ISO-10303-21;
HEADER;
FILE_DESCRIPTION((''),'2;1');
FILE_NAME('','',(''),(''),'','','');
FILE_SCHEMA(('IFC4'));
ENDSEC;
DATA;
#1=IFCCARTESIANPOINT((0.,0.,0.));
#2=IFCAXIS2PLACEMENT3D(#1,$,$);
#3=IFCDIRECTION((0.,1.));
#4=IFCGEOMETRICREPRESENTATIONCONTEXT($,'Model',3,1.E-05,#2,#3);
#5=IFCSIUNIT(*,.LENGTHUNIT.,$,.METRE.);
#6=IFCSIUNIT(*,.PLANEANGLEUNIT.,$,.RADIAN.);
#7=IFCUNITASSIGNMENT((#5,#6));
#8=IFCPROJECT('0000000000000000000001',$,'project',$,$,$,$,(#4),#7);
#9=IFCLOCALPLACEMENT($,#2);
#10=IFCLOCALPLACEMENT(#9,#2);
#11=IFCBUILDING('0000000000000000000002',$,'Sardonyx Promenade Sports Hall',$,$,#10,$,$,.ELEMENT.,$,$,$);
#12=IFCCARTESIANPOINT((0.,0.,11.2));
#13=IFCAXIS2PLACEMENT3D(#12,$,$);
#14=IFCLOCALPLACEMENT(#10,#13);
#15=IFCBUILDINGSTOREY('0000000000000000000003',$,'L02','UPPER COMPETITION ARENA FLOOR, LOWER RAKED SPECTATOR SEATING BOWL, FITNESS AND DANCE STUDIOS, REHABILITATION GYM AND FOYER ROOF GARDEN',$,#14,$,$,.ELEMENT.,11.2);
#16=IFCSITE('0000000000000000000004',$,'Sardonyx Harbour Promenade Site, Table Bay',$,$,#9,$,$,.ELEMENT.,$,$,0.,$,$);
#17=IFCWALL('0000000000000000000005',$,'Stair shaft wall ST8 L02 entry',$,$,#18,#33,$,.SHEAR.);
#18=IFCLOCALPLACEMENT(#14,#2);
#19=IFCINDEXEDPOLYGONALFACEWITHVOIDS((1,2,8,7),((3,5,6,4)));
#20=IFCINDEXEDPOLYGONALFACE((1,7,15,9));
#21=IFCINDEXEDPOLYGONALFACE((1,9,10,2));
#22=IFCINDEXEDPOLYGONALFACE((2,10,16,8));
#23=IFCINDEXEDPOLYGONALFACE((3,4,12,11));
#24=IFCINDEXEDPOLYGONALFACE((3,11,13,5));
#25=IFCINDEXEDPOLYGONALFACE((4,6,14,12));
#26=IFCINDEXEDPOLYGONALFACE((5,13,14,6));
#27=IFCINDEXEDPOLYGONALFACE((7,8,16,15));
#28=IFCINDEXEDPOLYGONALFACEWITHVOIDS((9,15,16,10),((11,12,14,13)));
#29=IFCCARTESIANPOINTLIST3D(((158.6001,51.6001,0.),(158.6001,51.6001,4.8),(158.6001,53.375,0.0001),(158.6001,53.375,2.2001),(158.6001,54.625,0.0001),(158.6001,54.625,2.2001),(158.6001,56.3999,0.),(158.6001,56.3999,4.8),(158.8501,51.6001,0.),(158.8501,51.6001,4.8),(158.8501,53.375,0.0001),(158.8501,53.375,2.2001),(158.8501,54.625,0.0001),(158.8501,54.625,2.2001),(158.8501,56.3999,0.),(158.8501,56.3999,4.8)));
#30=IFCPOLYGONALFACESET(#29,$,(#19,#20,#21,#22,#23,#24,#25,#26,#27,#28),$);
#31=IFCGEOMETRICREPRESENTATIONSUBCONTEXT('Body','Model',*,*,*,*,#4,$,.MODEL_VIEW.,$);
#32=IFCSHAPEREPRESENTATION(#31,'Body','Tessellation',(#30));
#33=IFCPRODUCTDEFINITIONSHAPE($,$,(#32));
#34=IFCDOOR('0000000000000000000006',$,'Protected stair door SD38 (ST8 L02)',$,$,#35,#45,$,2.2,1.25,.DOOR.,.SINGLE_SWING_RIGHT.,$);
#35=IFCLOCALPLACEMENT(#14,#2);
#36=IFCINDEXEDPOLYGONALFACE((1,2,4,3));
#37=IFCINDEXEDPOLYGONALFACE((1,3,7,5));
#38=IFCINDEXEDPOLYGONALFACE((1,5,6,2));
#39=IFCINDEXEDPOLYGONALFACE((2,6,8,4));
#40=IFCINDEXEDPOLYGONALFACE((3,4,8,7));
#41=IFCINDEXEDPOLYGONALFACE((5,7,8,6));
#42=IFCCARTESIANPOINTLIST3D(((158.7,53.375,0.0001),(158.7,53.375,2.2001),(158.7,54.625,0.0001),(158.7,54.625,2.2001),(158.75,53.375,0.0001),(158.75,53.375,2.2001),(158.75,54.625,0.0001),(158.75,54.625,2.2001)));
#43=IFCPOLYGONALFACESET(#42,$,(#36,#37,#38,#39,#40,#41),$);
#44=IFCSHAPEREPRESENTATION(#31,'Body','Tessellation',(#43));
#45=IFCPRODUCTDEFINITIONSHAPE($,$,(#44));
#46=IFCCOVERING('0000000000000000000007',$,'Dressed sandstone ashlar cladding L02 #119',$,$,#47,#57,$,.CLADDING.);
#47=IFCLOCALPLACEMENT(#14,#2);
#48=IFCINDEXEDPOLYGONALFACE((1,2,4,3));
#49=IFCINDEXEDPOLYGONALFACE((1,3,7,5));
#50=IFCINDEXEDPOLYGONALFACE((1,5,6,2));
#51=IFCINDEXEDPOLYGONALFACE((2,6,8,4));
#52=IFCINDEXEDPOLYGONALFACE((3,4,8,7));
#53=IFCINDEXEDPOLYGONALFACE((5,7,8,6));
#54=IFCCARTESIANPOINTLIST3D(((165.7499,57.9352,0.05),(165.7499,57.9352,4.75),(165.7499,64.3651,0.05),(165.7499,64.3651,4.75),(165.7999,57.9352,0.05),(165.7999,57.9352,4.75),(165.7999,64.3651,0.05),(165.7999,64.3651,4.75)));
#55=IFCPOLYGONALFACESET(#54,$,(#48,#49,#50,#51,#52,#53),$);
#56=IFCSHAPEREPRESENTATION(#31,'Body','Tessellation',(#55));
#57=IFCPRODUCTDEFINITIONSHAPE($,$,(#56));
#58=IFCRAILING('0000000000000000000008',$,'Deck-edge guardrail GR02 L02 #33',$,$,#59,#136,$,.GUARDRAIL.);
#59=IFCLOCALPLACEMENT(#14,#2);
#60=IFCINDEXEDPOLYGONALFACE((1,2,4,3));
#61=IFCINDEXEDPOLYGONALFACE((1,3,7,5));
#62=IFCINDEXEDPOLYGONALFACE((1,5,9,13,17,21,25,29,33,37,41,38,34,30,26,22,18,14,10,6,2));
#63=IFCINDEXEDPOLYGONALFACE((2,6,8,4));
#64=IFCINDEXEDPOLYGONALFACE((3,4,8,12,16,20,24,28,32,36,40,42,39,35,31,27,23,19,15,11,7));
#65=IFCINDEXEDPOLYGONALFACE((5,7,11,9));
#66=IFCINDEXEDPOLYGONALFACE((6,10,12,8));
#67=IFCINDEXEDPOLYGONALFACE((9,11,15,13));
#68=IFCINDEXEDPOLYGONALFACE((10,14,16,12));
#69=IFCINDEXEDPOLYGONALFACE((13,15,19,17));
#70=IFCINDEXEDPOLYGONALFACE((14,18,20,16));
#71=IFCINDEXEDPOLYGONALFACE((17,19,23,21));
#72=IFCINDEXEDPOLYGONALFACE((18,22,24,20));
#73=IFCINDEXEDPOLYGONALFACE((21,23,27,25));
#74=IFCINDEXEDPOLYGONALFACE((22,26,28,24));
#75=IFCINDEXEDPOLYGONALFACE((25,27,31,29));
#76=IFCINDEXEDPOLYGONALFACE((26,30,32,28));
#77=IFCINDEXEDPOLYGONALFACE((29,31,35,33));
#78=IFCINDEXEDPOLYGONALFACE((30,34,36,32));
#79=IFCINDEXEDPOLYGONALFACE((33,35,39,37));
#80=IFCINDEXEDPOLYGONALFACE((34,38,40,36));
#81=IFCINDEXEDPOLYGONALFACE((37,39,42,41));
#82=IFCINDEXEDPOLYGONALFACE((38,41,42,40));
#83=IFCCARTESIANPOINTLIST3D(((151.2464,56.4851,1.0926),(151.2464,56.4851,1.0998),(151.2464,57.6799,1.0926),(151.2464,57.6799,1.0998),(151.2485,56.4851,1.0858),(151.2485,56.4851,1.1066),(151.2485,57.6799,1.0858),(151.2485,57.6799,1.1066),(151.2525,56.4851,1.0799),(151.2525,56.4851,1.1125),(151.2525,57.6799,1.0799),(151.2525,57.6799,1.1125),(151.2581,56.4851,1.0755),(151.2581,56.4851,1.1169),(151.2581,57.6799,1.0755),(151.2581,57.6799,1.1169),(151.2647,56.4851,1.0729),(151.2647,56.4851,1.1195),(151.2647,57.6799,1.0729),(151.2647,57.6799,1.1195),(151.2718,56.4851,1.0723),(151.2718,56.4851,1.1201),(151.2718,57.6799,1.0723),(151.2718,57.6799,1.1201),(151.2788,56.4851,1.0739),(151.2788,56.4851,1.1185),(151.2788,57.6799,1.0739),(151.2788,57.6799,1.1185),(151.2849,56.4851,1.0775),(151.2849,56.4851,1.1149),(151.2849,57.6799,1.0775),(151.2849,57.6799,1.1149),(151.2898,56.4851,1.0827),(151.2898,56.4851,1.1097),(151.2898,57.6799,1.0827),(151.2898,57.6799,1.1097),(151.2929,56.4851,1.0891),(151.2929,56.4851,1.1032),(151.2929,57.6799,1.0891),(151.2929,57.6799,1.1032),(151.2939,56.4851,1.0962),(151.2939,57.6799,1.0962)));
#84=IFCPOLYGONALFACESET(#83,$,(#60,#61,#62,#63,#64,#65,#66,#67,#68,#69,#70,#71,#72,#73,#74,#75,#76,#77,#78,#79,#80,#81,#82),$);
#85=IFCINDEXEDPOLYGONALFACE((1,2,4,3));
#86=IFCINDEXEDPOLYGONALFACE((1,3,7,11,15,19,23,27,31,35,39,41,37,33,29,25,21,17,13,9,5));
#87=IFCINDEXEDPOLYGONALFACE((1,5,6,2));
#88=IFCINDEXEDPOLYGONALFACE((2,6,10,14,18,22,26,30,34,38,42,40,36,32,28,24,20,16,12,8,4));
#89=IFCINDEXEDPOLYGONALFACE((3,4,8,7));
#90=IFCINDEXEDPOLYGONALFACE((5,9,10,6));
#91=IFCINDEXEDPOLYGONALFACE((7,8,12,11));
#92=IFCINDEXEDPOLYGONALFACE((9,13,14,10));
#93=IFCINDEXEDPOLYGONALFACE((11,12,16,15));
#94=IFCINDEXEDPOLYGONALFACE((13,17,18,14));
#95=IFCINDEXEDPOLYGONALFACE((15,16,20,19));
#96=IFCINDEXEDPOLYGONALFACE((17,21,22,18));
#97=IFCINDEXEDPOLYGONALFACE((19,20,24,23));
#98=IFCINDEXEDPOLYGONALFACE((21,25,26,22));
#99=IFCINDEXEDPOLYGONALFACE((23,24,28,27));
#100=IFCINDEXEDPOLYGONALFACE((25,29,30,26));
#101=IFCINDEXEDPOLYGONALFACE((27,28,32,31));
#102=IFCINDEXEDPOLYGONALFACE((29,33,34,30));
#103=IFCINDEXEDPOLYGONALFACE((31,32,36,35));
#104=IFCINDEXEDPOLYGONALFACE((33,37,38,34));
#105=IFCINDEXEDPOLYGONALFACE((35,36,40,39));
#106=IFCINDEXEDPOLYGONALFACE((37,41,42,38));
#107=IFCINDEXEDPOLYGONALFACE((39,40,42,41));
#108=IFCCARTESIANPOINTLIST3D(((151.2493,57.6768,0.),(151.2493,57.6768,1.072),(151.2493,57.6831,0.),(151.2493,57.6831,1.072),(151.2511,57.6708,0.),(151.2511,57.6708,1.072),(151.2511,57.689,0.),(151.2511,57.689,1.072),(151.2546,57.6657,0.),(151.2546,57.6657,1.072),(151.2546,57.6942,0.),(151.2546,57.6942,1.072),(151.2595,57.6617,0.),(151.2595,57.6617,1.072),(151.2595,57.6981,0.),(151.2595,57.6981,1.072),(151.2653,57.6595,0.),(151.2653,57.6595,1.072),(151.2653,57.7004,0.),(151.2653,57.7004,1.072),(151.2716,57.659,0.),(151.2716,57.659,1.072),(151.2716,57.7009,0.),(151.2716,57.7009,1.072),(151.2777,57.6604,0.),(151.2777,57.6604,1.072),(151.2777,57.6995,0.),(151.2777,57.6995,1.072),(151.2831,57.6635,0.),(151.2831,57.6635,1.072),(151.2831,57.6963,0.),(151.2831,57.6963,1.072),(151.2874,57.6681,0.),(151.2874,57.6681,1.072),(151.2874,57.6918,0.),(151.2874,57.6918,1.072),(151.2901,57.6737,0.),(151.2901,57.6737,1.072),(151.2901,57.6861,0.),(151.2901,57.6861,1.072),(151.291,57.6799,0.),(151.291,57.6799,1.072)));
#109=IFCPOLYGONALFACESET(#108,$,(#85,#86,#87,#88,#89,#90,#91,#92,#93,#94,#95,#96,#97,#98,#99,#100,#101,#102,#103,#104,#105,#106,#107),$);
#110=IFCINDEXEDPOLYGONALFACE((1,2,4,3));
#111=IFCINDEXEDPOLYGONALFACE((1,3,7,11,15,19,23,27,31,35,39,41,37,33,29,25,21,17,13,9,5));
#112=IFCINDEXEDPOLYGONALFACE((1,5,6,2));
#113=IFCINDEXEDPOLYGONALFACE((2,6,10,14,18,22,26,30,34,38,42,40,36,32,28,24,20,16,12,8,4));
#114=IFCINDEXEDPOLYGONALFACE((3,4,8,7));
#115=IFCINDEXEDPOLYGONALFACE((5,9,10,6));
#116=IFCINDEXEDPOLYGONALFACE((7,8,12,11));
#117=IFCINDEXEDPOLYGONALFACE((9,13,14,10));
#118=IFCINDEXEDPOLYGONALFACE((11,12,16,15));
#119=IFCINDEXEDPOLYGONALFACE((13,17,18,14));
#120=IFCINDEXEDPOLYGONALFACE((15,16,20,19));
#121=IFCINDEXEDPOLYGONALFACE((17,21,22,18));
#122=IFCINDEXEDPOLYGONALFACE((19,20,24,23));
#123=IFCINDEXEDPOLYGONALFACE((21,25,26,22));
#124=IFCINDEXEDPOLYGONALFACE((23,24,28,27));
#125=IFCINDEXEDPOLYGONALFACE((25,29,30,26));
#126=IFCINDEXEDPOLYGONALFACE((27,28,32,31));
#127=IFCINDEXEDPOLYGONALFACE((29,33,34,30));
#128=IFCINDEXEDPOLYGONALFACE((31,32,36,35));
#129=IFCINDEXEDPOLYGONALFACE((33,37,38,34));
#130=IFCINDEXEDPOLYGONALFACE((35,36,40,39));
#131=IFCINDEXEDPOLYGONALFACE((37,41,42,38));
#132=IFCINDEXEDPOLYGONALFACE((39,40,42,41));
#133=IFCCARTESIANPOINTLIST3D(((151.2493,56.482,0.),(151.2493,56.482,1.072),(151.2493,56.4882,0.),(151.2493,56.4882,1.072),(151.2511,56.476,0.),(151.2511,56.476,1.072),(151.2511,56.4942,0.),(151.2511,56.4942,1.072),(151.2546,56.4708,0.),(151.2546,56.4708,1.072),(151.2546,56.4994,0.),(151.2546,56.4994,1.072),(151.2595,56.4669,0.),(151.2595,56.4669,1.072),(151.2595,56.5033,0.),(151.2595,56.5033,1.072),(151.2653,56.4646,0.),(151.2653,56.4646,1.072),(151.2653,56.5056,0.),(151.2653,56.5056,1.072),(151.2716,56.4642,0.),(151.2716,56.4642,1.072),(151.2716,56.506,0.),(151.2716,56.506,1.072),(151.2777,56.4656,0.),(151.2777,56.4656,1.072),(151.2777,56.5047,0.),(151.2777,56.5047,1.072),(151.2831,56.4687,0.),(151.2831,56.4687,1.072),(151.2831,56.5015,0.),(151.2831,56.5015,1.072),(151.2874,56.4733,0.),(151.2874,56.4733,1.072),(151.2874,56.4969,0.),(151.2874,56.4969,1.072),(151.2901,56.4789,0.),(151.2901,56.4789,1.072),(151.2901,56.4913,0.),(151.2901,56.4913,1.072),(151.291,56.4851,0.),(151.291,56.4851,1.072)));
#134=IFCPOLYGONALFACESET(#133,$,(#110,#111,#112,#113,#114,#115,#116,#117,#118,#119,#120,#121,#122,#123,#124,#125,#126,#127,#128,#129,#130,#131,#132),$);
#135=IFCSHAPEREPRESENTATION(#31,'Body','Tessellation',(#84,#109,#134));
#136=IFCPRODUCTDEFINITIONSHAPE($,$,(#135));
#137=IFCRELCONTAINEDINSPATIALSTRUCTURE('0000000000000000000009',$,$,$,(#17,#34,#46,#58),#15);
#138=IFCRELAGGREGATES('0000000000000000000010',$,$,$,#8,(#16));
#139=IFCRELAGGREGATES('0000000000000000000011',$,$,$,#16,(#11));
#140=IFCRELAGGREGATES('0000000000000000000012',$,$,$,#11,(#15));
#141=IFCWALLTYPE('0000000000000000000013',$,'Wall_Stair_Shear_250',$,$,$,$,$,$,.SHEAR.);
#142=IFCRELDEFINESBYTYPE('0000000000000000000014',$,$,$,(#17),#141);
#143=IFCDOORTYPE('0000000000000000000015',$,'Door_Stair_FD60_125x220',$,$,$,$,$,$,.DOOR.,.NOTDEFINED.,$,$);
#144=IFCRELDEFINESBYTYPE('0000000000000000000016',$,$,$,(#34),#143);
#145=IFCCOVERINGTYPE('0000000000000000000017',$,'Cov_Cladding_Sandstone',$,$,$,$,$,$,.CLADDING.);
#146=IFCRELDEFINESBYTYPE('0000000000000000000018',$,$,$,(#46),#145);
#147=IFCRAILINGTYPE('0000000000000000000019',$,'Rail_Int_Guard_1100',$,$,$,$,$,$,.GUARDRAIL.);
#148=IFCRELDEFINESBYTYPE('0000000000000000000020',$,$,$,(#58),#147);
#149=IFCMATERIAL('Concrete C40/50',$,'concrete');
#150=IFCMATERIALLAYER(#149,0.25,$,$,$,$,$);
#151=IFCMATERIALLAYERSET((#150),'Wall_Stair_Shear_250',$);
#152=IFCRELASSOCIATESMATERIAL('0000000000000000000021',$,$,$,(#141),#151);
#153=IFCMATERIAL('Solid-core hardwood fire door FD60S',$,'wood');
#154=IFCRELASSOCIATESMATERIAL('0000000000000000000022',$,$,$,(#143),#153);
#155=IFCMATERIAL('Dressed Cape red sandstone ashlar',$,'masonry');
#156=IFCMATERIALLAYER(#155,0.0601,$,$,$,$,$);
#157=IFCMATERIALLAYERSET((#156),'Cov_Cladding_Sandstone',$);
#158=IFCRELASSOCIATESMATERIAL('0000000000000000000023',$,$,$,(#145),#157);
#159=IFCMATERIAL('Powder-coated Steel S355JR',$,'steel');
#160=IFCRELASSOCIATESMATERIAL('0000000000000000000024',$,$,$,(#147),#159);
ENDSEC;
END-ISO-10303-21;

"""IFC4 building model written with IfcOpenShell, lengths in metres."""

from ifc_helpers import new_model, si_unit, direction, frame, frame_2d, origin, origin_2d, place, context, subcontext, project, spatial, rectangle, circle, extrude, material, layer, layer_set, type_object, element, fill, save


model = new_model("IFC4")

# Units and contexts
model_context = context("Model", 3, precision=1e-05, world=origin(), true_north=direction((0.0, 1.0)))
body_context = subcontext(model_context, "Body", "Model", "MODEL_VIEW")
ifc_project = project(units=[si_unit("LENGTHUNIT", "METRE"), si_unit("PLANEANGLEUNIT", "RADIAN")], contexts=[model_context])

# Site, building, storey
site_placement = place(None, origin())
site = spatial("IfcSite", under=ifc_project, at=site_placement, Name="Sardonyx Harbour Promenade Site, Table Bay", CompositionType="ELEMENT", RefElevation=0.0)
building_placement = place(site_placement, origin())
building = spatial("IfcBuilding", under=site, at=building_placement, Name="Sardonyx Promenade Sports Hall", CompositionType="ELEMENT")
storey_placement = place(building_placement, frame((0.0, 0.0, 11.2)))
storey = spatial("IfcBuildingStorey", under=building, at=storey_placement, Name="L02", Description="UPPER COMPETITION ARENA FLOOR, LOWER RAKED SPECTATOR SEATING BOWL, FITNESS AND DANCE STUDIOS, REHABILITATION GYM AND FOYER ROOF GARDEN", CompositionType="ELEMENT", Elevation=11.2)

# Wall, opening, door
ifc_material_1 = material(Name="Concrete C40/50", Category="concrete")
ifc_layer_1 = layer(ifc_material_1, 0.25)
ifc_layer_set_1 = layer_set([ifc_layer_1], Name="Wall_Stair_Shear_250")
wall_type_1 = type_object("IfcWallType", Name="Wall_Stair_Shear_250", PredefinedType="SHEAR", material=ifc_layer_set_1)
wall_1_placement = place(storey_placement, frame((158.7251, 56.3999, 0.0), z_axis=(0.0, 0.0, 1.0), x_axis=(0.0, -1.0, 0.0)))
wall_1 = element("IfcWall", 1, at=wall_1_placement, inside=storey, type_object=wall_type_1, Name="Stair shaft wall ST8 L02 entry", PredefinedType="SHEAR", context=body_context, shape_type="SweptSolid", body=[
    extrude(rectangle(XDim=4.7998, YDim=0.25, at=frame_2d((2.3999, 0.0))), origin(), (0.0, 0.0, 1.0), 4.8),
])
opening_1_placement = place(wall_1_placement, frame((1.7749, 0.0, 0.0)))
opening_1 = element("IfcOpeningElement", 2, at=opening_1_placement, cuts=wall_1, PredefinedType="OPENING", context=body_context, shape_type="SweptSolid", body=[
    extrude(rectangle(XDim=1.25, YDim=2.2, at=frame_2d((0.625, 1.1001))), frame((0.0, 0.135, 0.0), z_axis=(0.0, -1.0, 0.0), x_axis=(1.0, 0.0, 0.0)), (0.0, 0.0, 1.0), 0.27),
])
ifc_material_2 = material(Name="Solid-core hardwood fire door FD60S", Category="wood")
door_type = type_object("IfcDoorType", Name="Door_Stair_FD60_125x220", OperationType="NOTDEFINED", PredefinedType="DOOR", material=ifc_material_2)
door_placement = place(opening_1_placement, origin())
door = element("IfcDoor", 3, at=door_placement, inside=storey, type_object=door_type, Name="Protected stair door SD38 (ST8 L02)", OperationType="SINGLE_SWING_RIGHT", OverallHeight=2.2, OverallWidth=1.25, PredefinedType="DOOR", context=body_context, shape_type="SweptSolid", body=[
    extrude(rectangle(XDim=1.25, YDim=2.2, at=frame_2d((0.625, 1.1001))), frame((0.0, 0.0249, 0.0), z_axis=(0.0, -1.0, 0.0), x_axis=(1.0, 0.0, 0.0)), (0.0, 0.0, 1.0), 0.05),
])
fill(opening_1, door)

# Covering
ifc_material_3 = material(Name="Dressed Cape red sandstone ashlar", Category="masonry")
ifc_layer_2 = layer(ifc_material_3, 0.0601)
ifc_layer_set_2 = layer_set([ifc_layer_2], Name="Cov_Cladding_Sandstone")
covering_type = type_object("IfcCoveringType", Name="Cov_Cladding_Sandstone", PredefinedType="CLADDING", material=ifc_layer_set_2)
covering_placement = place(storey_placement, frame((165.7749, 64.365, 0.05), z_axis=(0.0, 0.0, 1.0), x_axis=(0.0, -1.0, 0.0)))
element("IfcCovering", 4, at=covering_placement, inside=storey, type_object=covering_type, Name="Dressed sandstone ashlar cladding L02 #119", PredefinedType="CLADDING", context=body_context, shape_type="SweptSolid", body=[
    extrude(rectangle(XDim=6.4299, YDim=0.05, at=frame_2d((3.2148, 0.0))), origin(), (0.0, 0.0, 1.0), 4.7),
])

# Railing
ifc_material_4 = material(Name="Powder-coated Steel S355JR", Category="steel")
railing_type = type_object("IfcRailingType", Name="Rail_Int_Guard_1100", PredefinedType="GUARDRAIL", material=ifc_material_4)
railing_placement = place(storey_placement, frame((151.27, 57.6799, 0.0)))
element("IfcRailing", 5, at=railing_placement, inside=storey, type_object=railing_type, Name="Deck-edge guardrail GR02 L02 #33", PredefinedType="GUARDRAIL", context=body_context, shape_type="SweptSolid", body=[
    extrude(circle(Radius=0.0239, at=origin_2d()), frame((0.0, 0.0, 1.0962), z_axis=(0.0, -1.0, 0.0), x_axis=(1.0, 0.0, 0.0)), (0.0, 0.0, 1.0), 1.1948),
    extrude(circle(Radius=0.021, at=origin_2d()), origin(), (0.0, 0.0, 1.0), 1.072),
    extrude(circle(Radius=0.021, at=origin_2d()), frame((0.0, -1.1948, 0.0)), (0.0, 0.0, 1.0), 1.072),
])

save(model, "model.ifc")
